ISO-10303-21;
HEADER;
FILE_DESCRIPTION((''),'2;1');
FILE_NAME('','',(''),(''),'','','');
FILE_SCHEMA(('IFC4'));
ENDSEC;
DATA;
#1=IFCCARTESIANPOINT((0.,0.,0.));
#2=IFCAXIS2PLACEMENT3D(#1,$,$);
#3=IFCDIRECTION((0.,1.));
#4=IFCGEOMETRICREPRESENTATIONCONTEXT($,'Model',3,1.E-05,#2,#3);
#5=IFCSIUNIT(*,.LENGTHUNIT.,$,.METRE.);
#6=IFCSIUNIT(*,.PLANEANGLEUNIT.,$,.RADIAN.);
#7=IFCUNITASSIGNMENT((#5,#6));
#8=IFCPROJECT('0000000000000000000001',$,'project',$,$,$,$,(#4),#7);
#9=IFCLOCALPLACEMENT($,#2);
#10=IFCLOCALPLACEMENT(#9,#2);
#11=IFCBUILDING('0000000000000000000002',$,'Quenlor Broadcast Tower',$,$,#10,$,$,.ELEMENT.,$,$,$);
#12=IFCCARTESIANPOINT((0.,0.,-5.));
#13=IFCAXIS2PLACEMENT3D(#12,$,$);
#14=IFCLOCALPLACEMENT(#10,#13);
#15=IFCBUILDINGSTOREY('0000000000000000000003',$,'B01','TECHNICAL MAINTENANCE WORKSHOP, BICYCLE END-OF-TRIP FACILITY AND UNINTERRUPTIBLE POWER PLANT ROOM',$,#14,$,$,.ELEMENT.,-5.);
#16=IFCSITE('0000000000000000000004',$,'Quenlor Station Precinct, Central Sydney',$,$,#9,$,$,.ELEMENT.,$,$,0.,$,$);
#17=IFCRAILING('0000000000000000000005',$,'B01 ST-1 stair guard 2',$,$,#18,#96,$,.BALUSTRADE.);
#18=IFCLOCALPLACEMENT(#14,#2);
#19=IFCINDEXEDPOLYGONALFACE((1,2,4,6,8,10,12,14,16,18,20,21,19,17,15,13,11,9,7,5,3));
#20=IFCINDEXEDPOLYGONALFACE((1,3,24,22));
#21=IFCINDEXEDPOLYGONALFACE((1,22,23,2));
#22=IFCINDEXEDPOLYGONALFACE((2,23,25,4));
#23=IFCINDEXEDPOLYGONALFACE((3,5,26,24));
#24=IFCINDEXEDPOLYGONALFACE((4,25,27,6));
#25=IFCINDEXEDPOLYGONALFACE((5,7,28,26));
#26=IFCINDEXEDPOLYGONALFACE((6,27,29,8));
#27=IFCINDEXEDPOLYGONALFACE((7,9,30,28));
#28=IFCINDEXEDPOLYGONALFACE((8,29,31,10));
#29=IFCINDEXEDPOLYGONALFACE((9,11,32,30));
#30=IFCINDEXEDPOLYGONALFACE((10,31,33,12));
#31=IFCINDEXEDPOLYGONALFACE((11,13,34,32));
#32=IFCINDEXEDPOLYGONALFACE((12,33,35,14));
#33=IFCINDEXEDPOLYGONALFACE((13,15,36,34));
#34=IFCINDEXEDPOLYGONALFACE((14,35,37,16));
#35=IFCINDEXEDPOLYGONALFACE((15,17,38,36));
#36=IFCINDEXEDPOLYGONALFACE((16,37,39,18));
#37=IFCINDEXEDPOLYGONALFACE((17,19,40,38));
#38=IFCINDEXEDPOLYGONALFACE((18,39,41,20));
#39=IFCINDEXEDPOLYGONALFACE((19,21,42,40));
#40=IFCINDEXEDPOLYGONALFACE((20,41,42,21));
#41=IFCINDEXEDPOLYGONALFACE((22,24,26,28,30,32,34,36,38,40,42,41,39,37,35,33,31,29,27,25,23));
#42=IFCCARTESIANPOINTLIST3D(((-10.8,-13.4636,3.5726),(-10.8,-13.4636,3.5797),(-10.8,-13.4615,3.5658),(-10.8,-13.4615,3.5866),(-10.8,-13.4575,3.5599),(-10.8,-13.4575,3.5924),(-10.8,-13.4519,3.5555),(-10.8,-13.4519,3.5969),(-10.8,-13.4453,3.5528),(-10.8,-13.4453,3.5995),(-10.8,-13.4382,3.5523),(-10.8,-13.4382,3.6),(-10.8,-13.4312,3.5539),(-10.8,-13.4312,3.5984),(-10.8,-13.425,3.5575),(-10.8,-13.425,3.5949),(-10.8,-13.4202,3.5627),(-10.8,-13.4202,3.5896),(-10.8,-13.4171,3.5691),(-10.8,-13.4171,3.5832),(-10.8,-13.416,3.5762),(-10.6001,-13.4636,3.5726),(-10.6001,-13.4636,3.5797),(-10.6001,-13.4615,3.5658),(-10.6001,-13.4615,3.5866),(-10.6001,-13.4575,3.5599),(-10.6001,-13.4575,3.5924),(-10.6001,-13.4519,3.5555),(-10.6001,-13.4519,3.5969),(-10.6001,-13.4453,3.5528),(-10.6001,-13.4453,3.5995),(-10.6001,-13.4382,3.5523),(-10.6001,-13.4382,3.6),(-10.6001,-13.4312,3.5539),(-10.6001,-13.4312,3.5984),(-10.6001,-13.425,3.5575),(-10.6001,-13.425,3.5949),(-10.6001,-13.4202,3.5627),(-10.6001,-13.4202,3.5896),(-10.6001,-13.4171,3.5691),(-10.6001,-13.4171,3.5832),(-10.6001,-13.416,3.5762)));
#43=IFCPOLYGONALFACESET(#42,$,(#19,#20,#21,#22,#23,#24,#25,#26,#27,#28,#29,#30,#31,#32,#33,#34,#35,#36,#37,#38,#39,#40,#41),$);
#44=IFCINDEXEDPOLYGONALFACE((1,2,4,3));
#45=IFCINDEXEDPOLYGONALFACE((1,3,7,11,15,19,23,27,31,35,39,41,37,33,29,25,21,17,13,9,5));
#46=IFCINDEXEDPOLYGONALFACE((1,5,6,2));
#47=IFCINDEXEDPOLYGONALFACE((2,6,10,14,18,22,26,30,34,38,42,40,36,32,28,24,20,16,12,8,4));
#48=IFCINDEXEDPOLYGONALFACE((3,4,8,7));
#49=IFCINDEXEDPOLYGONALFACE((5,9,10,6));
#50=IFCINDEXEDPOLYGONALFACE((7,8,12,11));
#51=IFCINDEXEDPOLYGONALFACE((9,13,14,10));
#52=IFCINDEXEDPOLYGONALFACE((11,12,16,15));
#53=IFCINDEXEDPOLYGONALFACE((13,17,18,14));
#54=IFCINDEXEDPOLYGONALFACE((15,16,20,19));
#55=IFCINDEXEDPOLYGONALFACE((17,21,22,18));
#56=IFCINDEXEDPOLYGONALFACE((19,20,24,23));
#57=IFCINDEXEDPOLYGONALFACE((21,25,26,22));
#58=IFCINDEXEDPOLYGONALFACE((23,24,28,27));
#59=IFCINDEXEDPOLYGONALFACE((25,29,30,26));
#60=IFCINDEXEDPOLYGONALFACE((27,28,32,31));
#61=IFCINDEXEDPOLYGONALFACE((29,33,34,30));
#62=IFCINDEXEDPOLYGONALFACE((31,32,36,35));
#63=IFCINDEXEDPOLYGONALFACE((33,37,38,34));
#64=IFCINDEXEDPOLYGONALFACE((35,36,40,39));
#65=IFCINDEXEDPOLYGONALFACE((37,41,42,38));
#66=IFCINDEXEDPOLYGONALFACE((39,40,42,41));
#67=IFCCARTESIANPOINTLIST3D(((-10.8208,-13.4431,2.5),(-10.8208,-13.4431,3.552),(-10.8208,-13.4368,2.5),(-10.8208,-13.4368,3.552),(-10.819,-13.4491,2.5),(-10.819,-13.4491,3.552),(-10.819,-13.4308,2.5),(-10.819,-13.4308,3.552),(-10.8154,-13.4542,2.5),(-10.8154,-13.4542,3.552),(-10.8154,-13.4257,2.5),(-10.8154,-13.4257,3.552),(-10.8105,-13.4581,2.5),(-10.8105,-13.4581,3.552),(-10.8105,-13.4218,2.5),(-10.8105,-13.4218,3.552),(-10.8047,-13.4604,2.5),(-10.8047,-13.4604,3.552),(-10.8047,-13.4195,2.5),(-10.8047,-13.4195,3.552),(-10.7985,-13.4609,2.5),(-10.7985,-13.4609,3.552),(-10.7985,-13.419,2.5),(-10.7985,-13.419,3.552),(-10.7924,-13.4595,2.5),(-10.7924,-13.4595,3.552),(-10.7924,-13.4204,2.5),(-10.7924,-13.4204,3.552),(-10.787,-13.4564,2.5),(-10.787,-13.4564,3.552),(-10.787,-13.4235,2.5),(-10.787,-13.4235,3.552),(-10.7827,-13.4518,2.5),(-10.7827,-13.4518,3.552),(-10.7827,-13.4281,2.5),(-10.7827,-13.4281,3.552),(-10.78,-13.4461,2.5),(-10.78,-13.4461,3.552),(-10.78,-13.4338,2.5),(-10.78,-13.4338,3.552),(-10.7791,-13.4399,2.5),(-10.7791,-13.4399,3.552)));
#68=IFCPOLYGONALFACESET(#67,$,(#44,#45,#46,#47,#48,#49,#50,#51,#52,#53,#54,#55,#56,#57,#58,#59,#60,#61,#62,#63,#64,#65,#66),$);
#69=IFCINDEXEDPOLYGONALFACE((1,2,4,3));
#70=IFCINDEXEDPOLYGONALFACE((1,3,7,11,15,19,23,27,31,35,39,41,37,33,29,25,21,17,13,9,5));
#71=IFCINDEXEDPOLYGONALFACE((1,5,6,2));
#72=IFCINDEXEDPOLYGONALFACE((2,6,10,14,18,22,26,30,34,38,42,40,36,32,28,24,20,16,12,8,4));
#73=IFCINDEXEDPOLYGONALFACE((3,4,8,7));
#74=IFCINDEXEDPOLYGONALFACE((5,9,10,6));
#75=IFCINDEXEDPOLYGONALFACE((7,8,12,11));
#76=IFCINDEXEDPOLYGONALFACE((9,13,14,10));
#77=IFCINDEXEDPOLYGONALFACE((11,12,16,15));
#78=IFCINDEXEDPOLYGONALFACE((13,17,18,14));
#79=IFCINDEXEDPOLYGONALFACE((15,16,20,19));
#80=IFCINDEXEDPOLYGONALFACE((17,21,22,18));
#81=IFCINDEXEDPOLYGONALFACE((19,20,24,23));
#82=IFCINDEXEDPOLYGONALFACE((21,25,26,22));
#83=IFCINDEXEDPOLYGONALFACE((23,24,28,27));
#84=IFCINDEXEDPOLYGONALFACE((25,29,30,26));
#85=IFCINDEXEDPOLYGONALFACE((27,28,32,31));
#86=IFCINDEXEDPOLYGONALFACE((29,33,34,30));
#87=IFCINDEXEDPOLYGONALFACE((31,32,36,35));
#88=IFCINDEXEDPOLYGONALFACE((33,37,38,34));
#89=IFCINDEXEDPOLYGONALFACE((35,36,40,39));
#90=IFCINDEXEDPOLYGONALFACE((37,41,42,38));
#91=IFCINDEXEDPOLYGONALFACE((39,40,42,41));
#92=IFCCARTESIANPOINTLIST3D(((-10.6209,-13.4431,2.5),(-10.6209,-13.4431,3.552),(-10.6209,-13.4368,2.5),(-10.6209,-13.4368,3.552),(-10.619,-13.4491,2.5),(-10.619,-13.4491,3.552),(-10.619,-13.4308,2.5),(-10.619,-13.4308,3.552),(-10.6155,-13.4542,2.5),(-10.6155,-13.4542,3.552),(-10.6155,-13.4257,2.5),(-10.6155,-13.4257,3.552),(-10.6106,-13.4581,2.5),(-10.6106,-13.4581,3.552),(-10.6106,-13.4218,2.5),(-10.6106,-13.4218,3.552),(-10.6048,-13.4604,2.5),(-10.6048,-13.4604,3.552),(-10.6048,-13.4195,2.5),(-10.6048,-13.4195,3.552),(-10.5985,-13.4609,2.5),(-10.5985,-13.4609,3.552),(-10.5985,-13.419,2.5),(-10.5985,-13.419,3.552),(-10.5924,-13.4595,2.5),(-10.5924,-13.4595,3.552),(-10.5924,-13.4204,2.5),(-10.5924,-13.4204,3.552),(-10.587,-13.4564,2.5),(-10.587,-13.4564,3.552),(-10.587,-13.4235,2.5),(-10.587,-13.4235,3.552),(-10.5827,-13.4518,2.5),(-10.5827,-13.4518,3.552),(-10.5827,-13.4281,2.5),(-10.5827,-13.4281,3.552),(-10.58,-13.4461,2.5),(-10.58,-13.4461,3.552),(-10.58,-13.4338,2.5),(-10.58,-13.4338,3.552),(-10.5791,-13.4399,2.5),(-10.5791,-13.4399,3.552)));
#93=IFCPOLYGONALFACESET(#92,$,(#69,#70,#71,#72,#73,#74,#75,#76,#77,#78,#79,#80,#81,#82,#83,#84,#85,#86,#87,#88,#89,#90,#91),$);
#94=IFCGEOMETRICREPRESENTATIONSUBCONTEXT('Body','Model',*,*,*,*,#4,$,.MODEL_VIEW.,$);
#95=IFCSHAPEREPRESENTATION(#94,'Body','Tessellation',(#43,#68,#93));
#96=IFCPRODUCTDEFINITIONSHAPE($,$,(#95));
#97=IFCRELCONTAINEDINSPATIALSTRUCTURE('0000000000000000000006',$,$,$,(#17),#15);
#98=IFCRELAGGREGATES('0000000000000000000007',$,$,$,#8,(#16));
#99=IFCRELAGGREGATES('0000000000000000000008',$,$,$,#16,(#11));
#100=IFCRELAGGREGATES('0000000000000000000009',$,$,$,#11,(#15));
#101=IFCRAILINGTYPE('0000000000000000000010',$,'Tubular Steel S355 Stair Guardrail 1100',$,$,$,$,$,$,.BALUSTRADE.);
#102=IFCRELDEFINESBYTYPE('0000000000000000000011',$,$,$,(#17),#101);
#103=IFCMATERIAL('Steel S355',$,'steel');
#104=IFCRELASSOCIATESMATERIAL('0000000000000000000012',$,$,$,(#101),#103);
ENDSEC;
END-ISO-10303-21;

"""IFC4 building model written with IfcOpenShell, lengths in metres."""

from ifc_helpers import new_model, si_unit, direction, frame, origin, origin_2d, place, context, subcontext, project, spatial, circle, extrude, material, type_object, element, save


model = new_model("IFC4")

# Units and contexts
model_context = context("Model", 3, precision=1e-05, world=origin(), true_north=direction((0.0, 1.0)))
body_context = subcontext(model_context, "Body", "Model", "MODEL_VIEW")
ifc_project = project(units=[si_unit("LENGTHUNIT", "METRE"), si_unit("PLANEANGLEUNIT", "RADIAN")], contexts=[model_context])

# Site, building, storey
site_placement = place(None, origin())
site = spatial("IfcSite", under=ifc_project, at=site_placement, Name="Quenlor Station Precinct, Central Sydney", CompositionType="ELEMENT", RefElevation=0.0)
building_placement = place(site_placement, origin())
building = spatial("IfcBuilding", under=site, at=building_placement, Name="Quenlor Broadcast Tower", CompositionType="ELEMENT")
storey_placement = place(building_placement, frame((0.0, 0.0, -5.0)))
storey = spatial("IfcBuildingStorey", under=building, at=storey_placement, Name="B01", Description="TECHNICAL MAINTENANCE WORKSHOP, BICYCLE END-OF-TRIP FACILITY AND UNINTERRUPTIBLE POWER PLANT ROOM", CompositionType="ELEMENT", Elevation=-5.0)

# Railing
ifc_material_1 = material(Name="Steel S355", Category="steel")
railing_type = type_object("IfcRailingType", Name="Tubular Steel S355 Stair Guardrail 1100", PredefinedType="BALUSTRADE", material=ifc_material_1)
railing_1_placement = place(storey_placement, frame((-10.8, -13.4399, 2.5)))
element("IfcRailing", 1, at=railing_1_placement, inside=storey, type_object=railing_type, Name="B01 ST-1 stair guard 2", PredefinedType="BALUSTRADE", context=body_context, shape_type="SweptSolid", body=[
    extrude(circle(Radius=0.0239, at=origin_2d()), frame((0.0, 0.0, 1.0762), z_axis=(1.0, 0.0, 0.0), x_axis=(0.0, 1.0, 0.0)), (0.0, 0.0, 1.0), 0.2),
    extrude(circle(Radius=0.021, at=origin_2d()), origin(), (0.0, 0.0, 1.0), 1.052),
    extrude(circle(Radius=0.021, at=origin_2d()), frame((0.2, 0.0, 0.0)), (0.0, 0.0, 1.0), 1.052),
])

save(model, "model.ifc")
